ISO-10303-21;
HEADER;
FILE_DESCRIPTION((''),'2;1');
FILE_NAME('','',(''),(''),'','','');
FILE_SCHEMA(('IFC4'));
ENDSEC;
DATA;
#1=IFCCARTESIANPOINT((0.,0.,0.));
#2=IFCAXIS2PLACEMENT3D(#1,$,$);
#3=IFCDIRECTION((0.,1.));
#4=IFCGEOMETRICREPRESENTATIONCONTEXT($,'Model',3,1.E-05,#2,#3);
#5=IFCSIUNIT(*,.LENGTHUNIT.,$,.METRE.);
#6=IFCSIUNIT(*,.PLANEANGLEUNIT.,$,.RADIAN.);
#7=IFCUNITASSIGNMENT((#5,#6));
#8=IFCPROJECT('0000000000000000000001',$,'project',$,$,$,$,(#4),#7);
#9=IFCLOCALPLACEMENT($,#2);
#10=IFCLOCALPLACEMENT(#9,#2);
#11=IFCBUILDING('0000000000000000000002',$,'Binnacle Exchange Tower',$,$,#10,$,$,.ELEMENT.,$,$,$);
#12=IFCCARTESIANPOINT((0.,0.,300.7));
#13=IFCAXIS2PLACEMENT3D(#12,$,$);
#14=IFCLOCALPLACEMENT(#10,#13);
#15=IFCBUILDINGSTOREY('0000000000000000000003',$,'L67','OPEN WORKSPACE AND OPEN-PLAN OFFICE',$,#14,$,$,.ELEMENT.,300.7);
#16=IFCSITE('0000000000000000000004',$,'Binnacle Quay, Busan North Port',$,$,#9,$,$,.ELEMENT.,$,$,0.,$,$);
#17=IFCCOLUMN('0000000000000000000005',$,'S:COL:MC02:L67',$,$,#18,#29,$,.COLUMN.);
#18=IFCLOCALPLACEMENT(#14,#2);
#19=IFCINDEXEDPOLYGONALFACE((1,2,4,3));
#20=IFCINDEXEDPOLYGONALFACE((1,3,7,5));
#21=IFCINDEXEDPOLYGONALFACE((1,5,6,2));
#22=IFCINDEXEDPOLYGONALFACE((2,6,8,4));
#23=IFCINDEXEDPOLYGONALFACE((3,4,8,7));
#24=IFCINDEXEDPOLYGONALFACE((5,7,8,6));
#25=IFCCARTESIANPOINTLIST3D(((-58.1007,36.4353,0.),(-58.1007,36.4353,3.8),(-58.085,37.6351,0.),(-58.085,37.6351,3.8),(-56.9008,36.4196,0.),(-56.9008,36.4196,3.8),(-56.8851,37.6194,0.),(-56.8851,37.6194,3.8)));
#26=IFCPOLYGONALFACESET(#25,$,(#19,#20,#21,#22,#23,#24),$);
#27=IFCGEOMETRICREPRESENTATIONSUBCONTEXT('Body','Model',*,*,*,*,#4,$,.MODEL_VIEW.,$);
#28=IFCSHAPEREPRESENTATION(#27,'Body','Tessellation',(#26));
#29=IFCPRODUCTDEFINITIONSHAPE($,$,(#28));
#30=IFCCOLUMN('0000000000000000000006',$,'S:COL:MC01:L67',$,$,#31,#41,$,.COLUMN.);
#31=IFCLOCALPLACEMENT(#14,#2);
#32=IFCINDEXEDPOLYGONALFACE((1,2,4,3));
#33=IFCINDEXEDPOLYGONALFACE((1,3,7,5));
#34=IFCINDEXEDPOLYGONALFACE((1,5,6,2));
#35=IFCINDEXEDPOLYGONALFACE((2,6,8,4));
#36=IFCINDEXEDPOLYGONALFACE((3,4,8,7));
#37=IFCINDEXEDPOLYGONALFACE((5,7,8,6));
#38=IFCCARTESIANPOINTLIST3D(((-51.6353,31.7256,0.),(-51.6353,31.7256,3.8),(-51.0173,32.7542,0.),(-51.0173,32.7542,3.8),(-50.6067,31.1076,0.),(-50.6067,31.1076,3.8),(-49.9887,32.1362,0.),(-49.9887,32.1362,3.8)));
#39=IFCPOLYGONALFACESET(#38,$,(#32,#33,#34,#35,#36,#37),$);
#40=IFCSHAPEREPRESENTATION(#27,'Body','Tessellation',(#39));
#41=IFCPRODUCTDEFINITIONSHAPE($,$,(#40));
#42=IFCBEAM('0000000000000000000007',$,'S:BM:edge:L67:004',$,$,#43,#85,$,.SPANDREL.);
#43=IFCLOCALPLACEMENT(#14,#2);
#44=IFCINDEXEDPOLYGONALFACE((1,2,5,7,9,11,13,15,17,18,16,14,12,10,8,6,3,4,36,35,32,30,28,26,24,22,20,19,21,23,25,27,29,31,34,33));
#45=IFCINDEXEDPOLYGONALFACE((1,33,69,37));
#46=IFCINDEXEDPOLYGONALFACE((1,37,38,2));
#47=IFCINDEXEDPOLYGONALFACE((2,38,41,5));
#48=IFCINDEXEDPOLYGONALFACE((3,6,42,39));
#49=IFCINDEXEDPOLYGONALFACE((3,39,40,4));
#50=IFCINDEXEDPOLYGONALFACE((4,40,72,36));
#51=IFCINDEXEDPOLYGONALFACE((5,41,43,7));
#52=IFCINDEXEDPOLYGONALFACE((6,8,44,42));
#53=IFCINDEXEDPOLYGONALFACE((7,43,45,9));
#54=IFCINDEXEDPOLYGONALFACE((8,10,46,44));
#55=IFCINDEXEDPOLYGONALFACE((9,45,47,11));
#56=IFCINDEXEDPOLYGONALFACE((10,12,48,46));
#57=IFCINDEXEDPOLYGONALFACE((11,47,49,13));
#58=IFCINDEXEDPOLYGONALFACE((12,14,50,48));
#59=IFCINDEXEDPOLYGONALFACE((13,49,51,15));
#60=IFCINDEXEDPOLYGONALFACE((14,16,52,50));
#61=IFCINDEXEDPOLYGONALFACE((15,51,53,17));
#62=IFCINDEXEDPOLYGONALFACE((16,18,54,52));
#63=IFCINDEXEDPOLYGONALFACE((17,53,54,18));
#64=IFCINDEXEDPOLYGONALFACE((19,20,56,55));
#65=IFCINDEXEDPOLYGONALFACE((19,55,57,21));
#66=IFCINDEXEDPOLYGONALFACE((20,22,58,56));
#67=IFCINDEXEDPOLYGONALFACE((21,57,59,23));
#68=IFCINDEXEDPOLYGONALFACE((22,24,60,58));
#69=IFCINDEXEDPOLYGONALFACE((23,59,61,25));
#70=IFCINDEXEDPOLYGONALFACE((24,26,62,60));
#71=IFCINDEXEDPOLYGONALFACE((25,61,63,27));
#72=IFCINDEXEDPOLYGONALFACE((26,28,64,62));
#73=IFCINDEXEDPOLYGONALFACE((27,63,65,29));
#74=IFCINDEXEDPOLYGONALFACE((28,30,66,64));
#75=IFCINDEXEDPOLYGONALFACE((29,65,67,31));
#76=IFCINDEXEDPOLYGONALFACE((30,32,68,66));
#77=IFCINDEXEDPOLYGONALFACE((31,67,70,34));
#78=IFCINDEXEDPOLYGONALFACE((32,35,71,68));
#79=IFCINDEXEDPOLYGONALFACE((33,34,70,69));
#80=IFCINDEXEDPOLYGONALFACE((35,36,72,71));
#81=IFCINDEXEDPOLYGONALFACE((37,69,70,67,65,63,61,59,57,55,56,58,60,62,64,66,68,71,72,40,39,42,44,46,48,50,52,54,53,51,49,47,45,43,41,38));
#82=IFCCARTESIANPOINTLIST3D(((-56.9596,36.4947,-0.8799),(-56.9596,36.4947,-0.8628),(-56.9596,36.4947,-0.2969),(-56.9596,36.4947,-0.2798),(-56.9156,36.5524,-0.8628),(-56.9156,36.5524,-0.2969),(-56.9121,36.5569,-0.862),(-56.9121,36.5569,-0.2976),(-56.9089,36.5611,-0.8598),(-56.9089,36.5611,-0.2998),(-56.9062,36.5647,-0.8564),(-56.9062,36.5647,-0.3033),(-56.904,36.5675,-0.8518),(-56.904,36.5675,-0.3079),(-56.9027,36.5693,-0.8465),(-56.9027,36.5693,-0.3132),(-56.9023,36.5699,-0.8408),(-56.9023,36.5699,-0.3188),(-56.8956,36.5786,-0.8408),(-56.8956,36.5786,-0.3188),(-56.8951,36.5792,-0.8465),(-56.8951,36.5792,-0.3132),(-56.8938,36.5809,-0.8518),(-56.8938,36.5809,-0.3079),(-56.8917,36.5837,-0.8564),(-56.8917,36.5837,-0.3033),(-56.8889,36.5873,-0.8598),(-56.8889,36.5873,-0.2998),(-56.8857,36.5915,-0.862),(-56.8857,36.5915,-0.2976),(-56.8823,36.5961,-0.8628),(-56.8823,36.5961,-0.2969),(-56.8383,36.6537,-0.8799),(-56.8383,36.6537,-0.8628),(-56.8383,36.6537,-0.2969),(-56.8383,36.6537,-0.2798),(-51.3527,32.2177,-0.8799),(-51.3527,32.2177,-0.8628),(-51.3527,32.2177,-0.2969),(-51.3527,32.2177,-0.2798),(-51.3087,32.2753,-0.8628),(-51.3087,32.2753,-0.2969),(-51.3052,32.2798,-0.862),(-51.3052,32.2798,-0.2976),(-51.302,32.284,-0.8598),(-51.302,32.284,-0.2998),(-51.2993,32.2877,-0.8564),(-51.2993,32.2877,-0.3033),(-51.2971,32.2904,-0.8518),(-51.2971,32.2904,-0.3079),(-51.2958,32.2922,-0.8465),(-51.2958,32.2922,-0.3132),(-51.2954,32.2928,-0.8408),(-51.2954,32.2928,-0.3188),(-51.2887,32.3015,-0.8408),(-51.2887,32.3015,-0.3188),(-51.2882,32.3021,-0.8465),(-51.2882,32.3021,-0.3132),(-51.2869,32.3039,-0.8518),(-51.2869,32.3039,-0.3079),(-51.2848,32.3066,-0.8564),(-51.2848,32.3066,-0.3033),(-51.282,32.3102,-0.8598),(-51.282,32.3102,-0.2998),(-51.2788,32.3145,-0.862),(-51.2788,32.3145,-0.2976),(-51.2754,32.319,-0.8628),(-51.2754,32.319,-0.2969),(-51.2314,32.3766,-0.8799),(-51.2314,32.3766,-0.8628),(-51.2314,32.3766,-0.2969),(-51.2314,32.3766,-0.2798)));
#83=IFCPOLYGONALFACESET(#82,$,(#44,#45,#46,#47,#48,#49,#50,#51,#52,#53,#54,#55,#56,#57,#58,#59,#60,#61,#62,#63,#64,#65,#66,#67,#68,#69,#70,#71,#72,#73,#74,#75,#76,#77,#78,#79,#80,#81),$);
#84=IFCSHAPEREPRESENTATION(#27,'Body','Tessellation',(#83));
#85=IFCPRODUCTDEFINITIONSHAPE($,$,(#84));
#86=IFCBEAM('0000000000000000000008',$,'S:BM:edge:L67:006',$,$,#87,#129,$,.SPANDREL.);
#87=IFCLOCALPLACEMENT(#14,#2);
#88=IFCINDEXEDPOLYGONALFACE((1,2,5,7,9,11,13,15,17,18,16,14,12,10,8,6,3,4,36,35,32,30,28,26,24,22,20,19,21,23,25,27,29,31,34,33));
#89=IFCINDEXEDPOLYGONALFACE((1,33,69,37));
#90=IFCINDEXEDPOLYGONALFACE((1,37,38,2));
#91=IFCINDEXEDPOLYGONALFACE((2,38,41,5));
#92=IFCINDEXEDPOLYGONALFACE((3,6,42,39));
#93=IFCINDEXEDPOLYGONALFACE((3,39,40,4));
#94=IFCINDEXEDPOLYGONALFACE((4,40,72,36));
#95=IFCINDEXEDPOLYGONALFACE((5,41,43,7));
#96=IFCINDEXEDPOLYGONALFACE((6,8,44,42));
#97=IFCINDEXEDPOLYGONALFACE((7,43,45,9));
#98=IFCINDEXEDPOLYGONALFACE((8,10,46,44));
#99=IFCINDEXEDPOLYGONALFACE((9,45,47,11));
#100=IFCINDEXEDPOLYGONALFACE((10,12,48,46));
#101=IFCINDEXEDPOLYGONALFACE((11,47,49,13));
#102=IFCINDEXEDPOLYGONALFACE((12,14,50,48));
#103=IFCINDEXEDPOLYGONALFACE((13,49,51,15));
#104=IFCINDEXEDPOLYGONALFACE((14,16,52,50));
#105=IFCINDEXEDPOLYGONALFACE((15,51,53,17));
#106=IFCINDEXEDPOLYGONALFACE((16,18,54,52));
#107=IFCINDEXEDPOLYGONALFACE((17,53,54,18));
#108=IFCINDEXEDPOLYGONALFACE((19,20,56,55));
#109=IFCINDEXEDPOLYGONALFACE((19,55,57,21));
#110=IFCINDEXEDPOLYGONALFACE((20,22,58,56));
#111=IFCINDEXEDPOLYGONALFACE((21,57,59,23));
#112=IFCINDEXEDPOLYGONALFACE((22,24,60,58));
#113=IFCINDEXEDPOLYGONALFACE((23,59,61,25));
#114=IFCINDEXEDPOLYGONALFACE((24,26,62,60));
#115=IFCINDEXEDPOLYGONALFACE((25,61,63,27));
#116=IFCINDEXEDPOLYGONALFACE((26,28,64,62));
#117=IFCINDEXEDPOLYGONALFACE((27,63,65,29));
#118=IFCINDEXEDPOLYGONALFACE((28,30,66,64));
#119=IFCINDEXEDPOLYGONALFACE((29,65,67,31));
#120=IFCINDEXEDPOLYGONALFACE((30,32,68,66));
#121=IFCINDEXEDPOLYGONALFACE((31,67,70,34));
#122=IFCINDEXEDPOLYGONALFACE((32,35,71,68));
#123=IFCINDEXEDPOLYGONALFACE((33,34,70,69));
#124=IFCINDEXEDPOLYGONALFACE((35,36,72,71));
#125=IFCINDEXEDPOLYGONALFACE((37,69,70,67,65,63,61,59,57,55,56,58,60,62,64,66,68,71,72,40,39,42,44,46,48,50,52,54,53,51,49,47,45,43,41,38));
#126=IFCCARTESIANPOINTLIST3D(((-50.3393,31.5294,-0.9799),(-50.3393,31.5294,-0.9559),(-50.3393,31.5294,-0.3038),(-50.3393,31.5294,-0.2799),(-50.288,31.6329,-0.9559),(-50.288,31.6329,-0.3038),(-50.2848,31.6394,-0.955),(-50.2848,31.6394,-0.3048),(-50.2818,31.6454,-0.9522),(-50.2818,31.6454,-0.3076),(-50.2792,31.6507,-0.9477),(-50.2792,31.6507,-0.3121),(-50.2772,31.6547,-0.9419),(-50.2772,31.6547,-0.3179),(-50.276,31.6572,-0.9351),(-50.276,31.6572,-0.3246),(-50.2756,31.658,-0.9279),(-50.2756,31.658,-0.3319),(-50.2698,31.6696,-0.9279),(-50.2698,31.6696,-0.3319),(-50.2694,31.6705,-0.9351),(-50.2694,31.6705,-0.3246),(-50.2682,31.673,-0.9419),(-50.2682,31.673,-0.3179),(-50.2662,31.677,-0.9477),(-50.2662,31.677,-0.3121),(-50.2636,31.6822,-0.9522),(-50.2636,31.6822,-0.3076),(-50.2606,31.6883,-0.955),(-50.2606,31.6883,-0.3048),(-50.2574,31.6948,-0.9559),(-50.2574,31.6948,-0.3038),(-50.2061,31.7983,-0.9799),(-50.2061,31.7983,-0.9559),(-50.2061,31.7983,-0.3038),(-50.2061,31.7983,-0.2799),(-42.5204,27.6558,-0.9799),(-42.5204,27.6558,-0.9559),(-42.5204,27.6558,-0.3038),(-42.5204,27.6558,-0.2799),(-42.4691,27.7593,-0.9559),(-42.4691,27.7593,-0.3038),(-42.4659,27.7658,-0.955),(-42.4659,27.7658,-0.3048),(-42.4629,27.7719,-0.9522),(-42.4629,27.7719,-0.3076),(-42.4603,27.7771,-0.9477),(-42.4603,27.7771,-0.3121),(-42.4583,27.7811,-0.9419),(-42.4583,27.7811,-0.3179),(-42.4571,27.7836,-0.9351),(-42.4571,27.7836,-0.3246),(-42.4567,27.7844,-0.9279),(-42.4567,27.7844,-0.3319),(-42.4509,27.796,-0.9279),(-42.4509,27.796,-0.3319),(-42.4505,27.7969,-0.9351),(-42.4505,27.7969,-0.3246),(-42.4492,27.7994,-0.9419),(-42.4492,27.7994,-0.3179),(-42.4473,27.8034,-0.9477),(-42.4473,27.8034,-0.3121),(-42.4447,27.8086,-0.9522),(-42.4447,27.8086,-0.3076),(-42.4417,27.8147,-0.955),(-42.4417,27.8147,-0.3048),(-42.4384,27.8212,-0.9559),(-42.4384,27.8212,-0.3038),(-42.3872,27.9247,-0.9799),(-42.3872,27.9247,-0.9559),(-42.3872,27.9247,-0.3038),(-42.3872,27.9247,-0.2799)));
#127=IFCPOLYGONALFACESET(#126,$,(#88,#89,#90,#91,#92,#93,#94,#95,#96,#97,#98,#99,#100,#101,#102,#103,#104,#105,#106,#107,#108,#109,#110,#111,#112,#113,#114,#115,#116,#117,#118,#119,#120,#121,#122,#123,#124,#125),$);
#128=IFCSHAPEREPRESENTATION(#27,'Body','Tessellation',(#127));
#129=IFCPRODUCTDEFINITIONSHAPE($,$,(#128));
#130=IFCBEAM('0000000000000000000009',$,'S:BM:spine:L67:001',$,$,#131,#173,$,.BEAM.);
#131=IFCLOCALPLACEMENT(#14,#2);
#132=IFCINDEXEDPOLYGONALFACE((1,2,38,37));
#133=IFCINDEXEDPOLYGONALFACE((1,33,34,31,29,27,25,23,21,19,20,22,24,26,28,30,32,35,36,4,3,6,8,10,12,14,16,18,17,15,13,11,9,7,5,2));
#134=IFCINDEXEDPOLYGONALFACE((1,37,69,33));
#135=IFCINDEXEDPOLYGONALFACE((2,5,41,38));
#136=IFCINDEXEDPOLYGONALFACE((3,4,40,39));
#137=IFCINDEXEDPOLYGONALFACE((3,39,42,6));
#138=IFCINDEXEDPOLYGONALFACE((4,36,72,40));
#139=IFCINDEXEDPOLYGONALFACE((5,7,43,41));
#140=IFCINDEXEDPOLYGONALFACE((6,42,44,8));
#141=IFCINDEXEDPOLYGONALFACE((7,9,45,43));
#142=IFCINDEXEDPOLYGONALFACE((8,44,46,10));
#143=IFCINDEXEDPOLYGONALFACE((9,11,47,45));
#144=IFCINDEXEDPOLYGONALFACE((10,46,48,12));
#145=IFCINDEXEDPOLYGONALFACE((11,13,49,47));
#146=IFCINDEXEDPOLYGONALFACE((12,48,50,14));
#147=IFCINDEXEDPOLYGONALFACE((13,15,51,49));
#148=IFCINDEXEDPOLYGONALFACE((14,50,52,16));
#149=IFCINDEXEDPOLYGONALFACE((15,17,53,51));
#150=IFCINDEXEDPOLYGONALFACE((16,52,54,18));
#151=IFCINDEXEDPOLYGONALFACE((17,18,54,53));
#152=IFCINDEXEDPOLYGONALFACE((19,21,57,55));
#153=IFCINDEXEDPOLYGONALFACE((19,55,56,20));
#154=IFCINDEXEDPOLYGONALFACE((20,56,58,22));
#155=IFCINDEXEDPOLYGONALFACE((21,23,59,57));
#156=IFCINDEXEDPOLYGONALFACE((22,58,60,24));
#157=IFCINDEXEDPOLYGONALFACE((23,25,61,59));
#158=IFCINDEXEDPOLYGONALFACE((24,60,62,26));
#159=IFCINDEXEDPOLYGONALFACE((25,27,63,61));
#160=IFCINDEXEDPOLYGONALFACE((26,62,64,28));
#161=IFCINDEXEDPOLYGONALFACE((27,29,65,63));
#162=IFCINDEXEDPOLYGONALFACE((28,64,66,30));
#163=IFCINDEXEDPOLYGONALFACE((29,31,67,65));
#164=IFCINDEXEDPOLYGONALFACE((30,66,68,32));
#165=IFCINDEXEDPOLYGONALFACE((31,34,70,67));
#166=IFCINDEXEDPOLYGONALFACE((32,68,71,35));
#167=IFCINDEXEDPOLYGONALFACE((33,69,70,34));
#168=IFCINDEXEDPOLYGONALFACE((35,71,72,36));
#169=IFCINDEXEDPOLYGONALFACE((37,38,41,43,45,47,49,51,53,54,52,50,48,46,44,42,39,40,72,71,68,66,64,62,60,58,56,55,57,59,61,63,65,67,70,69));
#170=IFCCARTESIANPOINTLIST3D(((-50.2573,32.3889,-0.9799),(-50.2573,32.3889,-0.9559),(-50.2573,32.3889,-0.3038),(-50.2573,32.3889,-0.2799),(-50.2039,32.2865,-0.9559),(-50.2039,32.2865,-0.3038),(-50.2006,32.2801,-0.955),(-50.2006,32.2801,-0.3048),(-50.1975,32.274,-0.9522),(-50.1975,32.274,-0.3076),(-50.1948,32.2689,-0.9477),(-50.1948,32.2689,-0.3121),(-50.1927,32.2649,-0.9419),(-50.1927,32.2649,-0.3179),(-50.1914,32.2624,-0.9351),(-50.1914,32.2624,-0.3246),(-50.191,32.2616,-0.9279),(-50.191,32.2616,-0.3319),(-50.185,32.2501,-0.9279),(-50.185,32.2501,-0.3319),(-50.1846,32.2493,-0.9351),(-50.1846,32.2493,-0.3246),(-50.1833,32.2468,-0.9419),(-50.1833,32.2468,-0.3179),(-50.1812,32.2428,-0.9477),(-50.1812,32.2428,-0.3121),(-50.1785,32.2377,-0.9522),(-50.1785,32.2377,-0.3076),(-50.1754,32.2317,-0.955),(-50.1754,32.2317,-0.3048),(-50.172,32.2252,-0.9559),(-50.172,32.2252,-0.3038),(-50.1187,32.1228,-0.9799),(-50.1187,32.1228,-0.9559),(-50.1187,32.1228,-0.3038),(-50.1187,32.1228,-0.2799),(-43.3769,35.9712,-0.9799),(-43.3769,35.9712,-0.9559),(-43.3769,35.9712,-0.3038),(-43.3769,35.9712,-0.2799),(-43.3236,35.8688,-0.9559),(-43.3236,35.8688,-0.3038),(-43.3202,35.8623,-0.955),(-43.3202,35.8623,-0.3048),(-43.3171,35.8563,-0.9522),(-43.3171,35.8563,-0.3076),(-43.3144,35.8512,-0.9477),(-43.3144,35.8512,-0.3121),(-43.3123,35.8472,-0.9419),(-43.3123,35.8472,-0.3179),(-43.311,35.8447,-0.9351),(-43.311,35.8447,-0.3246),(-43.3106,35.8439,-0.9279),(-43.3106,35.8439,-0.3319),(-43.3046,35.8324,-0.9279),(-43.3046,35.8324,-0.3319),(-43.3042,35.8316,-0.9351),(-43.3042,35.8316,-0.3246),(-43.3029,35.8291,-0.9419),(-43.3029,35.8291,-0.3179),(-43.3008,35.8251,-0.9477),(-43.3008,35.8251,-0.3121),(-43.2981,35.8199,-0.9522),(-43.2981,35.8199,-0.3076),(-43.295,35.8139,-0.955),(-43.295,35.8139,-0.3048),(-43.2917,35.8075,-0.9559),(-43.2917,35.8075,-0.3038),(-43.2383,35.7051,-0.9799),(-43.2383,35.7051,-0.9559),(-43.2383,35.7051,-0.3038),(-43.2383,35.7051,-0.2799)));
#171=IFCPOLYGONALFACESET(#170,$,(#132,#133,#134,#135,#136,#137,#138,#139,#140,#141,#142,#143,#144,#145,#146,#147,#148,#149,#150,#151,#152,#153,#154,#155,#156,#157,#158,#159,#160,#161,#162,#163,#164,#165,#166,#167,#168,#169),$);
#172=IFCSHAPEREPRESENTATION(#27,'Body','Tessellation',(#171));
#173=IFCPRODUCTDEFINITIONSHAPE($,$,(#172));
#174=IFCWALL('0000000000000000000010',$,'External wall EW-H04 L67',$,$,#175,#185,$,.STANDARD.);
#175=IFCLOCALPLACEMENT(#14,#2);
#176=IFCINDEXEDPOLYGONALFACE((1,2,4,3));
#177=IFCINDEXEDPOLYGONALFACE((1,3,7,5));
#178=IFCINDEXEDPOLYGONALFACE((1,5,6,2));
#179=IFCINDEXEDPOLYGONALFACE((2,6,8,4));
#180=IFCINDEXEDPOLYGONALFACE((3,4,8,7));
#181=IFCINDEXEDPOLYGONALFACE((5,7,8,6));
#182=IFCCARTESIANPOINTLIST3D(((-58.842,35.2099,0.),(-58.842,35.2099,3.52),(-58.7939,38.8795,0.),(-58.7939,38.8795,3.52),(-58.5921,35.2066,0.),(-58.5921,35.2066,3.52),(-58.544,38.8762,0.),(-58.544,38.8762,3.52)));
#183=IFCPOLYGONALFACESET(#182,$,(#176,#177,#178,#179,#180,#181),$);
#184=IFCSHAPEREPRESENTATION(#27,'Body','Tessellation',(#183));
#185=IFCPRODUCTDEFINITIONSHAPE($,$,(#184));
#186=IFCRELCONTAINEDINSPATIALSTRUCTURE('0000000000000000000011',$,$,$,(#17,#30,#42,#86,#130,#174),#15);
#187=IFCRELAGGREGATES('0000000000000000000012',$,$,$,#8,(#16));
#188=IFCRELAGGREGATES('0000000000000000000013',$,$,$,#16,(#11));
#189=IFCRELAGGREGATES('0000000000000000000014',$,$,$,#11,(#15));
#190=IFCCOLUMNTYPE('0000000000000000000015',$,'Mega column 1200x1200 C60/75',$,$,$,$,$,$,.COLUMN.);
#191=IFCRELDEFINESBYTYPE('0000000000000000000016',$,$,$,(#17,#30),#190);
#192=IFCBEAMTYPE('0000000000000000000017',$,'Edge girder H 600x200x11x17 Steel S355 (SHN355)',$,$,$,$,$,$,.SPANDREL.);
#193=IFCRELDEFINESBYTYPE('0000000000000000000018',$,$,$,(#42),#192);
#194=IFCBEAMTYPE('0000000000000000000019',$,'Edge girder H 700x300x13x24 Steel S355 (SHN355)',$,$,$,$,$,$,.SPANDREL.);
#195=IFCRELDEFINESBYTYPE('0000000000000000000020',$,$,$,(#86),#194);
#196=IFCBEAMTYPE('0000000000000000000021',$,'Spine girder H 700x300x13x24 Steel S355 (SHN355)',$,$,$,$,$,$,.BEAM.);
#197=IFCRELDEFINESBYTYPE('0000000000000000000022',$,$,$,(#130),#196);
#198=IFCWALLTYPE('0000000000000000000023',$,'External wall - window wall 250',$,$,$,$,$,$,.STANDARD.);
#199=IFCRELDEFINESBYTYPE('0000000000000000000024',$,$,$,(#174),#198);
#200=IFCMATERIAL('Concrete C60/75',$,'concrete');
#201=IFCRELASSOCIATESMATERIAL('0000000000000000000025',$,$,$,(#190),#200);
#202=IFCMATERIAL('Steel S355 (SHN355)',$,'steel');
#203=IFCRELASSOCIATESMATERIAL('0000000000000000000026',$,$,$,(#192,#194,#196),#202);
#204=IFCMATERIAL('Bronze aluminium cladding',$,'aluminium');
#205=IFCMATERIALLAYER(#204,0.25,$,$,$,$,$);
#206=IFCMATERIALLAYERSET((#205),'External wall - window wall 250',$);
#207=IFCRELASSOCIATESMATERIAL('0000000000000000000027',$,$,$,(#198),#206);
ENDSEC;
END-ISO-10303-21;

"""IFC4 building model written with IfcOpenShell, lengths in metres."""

from ifc_helpers import new_model, si_unit, direction, frame, frame_2d, origin, origin_2d, place, context, subcontext, project, spatial, rectangle, i_section, extrude, material, layer, layer_set, material_profile, profile_set, type_object, element, save


model = new_model("IFC4")

# Units and contexts
model_context = context("Model", 3, precision=1e-05, world=origin(), true_north=direction((0.0, 1.0)))
body_context = subcontext(model_context, "Body", "Model", "MODEL_VIEW")
ifc_project = project(units=[si_unit("LENGTHUNIT", "METRE"), si_unit("PLANEANGLEUNIT", "RADIAN")], contexts=[model_context])

# Site, building, storey
site_placement = place(None, origin())
site = spatial("IfcSite", under=ifc_project, at=site_placement, Name="Binnacle Quay, Busan North Port", CompositionType="ELEMENT", RefElevation=0.0)
building_placement = place(site_placement, origin())
building = spatial("IfcBuilding", under=site, at=building_placement, Name="Binnacle Exchange Tower", CompositionType="ELEMENT")
storey_placement = place(building_placement, frame((0.0, 0.0, 300.7)))
storey = spatial("IfcBuildingStorey", under=building, at=storey_placement, Name="L67", Description="OPEN WORKSPACE AND OPEN-PLAN OFFICE", CompositionType="ELEMENT", Elevation=300.7)

# Columns
ifc_material_1 = material(Name="Concrete C60/75", Category="concrete")
ifc_material_profile_1 = material_profile(ifc_material_1, rectangle(XDim=1.2, YDim=1.2, at=origin_2d()), Name="Mega column 1200x1200 C60/75")
ifc_profile_set_1 = profile_set([ifc_material_profile_1], Name="Concrete C60/75")
column_type = type_object("IfcColumnType", Name="Mega column 1200x1200 C60/75", PredefinedType="COLUMN", material=ifc_profile_set_1)
for number, where, z_axis, x_axis, name in (
    (1, (-57.4929, 37.0273, 0.0), (0.0, 0.0, 1.0), (-0.01309, -0.999914, 0.0), "S:COL:MC02:L67"),
    (2, (-50.812, 31.9309, 0.0), (0.0, 0.0, 1.0), (0.857167, -0.515038, 0.0), "S:COL:MC01:L67"),
):
    element("IfcColumn", number, at=place(storey_placement, frame(where, z_axis=z_axis, x_axis=x_axis)), inside=storey, type_object=column_type, Name=name, PredefinedType="COLUMN", context=body_context, shape_type="SweptSolid", body=[
        extrude(rectangle(XDim=1.2, YDim=1.2, at=origin_2d()), origin(), (0.0, 0.0, 1.0), 3.8),
    ])

# Beams
ifc_material_2 = material(Name="Steel S355 (SHN355)", Category="steel")
ifc_material_profile_2 = material_profile(ifc_material_2, i_section(OverallWidth=0.2, OverallDepth=0.6001, WebThickness=0.011, FlangeThickness=0.0171, FilletRadius=0.022, at=origin_2d()), Name="H 600x200x11x17")
ifc_profile_set_2 = profile_set([ifc_material_profile_2], Name="Steel S355 (SHN355)")
beam_type_1 = type_object("IfcBeamType", Name="Edge girder H 600x200x11x17 Steel S355 (SHN355)", PredefinedType="SPANDREL", material=ifc_profile_set_2)
beam_1_placement = place(storey_placement, frame((-56.8989, 36.5742, -0.5798), z_axis=(0.79508, -0.606505, 0.0), x_axis=(0.606505, 0.79508, 0.0)))
element("IfcBeam", 3, at=beam_1_placement, inside=storey, type_object=beam_type_1, Name="S:BM:edge:L67:004", PredefinedType="SPANDREL", context=body_context, shape_type="SweptSolid", body=[
    extrude(i_section(OverallWidth=0.2, OverallDepth=0.6001, WebThickness=0.011, FlangeThickness=0.0171, FilletRadius=0.022, at=origin_2d()), origin(), (0.0, 0.0, 1.0), 7.052),
])
ifc_material_profile_3 = material_profile(ifc_material_2, i_section(OverallWidth=0.3, OverallDepth=0.7, WebThickness=0.0129, FlangeThickness=0.0239, FilletRadius=0.0281, at=origin_2d()), Name="H 700x300x13x24")
ifc_profile_set_3 = profile_set([ifc_material_profile_3], Name="Steel S355 (SHN355)")
beam_type_2 = type_object("IfcBeamType", Name="Edge girder H 700x300x13x24 Steel S355 (SHN355)", PredefinedType="SPANDREL", material=ifc_profile_set_3)
beam_2_placement = place(storey_placement, frame((-50.2727, 31.6638, -0.6299), z_axis=(0.896066, -0.44392, 0.0), x_axis=(0.44392, 0.896066, 0.0)))
element("IfcBeam", 4, at=beam_2_placement, inside=storey, type_object=beam_type_2, Name="S:BM:edge:L67:006", PredefinedType="SPANDREL", context=body_context, shape_type="SweptSolid", body=[
    extrude(i_section(OverallWidth=0.3, OverallDepth=0.7, WebThickness=0.0129, FlangeThickness=0.0239, FilletRadius=0.0281, at=origin_2d()), origin(), (0.0, 0.0, 1.0), 8.7258),
])
ifc_material_profile_4 = material_profile(ifc_material_2, i_section(OverallWidth=0.3, OverallDepth=0.7, WebThickness=0.0129, FlangeThickness=0.0239, FilletRadius=0.0281, at=origin_2d()), Name="H 700x300x13x24")
ifc_profile_set_4 = profile_set([ifc_material_profile_4], Name="Steel S355 (SHN355)")
beam_type_3 = type_object("IfcBeamType", Name="Spine girder H 700x300x13x24 Steel S355 (SHN355)", PredefinedType="BEAM", material=ifc_profile_set_4)
beam_3_placement = place(storey_placement, frame((-50.188, 32.2559, -0.6299), z_axis=(0.88698, 0.461808, 0.0), x_axis=(-0.461808, 0.88698, 0.0)))
element("IfcBeam", 5, at=beam_3_placement, inside=storey, type_object=beam_type_3, Name="S:BM:spine:L67:001", PredefinedType="BEAM", context=body_context, shape_type="SweptSolid", body=[
    extrude(i_section(OverallWidth=0.3, OverallDepth=0.7, WebThickness=0.0129, FlangeThickness=0.0239, FilletRadius=0.0281, at=origin_2d()), origin(), (0.0, 0.0, 1.0), 7.7571),
])

# Wall
ifc_material_3 = material(Name="Bronze aluminium cladding", Category="aluminium")
ifc_layer_1 = layer(ifc_material_3, 0.25)
ifc_layer_set_1 = layer_set([ifc_layer_1], Name="External wall - window wall 250")
wall_type_1 = type_object("IfcWallType", Name="External wall - window wall 250", PredefinedType="STANDARD", material=ifc_layer_set_1)
wall_1_placement = place(storey_placement, frame((-58.717, 35.2083, 0.0), z_axis=(0.0, 0.0, 1.0), x_axis=(0.013105, 0.999914, 0.0)))
element("IfcWall", 6, at=wall_1_placement, inside=storey, type_object=wall_type_1, Name="External wall EW-H04 L67", PredefinedType="STANDARD", context=body_context, shape_type="SweptSolid", body=[
    extrude(rectangle(XDim=3.6699, YDim=0.25, at=frame_2d((1.835, 0.0))), origin(), (0.0, 0.0, 1.0), 3.52),
])

save(model, "model.ifc")
